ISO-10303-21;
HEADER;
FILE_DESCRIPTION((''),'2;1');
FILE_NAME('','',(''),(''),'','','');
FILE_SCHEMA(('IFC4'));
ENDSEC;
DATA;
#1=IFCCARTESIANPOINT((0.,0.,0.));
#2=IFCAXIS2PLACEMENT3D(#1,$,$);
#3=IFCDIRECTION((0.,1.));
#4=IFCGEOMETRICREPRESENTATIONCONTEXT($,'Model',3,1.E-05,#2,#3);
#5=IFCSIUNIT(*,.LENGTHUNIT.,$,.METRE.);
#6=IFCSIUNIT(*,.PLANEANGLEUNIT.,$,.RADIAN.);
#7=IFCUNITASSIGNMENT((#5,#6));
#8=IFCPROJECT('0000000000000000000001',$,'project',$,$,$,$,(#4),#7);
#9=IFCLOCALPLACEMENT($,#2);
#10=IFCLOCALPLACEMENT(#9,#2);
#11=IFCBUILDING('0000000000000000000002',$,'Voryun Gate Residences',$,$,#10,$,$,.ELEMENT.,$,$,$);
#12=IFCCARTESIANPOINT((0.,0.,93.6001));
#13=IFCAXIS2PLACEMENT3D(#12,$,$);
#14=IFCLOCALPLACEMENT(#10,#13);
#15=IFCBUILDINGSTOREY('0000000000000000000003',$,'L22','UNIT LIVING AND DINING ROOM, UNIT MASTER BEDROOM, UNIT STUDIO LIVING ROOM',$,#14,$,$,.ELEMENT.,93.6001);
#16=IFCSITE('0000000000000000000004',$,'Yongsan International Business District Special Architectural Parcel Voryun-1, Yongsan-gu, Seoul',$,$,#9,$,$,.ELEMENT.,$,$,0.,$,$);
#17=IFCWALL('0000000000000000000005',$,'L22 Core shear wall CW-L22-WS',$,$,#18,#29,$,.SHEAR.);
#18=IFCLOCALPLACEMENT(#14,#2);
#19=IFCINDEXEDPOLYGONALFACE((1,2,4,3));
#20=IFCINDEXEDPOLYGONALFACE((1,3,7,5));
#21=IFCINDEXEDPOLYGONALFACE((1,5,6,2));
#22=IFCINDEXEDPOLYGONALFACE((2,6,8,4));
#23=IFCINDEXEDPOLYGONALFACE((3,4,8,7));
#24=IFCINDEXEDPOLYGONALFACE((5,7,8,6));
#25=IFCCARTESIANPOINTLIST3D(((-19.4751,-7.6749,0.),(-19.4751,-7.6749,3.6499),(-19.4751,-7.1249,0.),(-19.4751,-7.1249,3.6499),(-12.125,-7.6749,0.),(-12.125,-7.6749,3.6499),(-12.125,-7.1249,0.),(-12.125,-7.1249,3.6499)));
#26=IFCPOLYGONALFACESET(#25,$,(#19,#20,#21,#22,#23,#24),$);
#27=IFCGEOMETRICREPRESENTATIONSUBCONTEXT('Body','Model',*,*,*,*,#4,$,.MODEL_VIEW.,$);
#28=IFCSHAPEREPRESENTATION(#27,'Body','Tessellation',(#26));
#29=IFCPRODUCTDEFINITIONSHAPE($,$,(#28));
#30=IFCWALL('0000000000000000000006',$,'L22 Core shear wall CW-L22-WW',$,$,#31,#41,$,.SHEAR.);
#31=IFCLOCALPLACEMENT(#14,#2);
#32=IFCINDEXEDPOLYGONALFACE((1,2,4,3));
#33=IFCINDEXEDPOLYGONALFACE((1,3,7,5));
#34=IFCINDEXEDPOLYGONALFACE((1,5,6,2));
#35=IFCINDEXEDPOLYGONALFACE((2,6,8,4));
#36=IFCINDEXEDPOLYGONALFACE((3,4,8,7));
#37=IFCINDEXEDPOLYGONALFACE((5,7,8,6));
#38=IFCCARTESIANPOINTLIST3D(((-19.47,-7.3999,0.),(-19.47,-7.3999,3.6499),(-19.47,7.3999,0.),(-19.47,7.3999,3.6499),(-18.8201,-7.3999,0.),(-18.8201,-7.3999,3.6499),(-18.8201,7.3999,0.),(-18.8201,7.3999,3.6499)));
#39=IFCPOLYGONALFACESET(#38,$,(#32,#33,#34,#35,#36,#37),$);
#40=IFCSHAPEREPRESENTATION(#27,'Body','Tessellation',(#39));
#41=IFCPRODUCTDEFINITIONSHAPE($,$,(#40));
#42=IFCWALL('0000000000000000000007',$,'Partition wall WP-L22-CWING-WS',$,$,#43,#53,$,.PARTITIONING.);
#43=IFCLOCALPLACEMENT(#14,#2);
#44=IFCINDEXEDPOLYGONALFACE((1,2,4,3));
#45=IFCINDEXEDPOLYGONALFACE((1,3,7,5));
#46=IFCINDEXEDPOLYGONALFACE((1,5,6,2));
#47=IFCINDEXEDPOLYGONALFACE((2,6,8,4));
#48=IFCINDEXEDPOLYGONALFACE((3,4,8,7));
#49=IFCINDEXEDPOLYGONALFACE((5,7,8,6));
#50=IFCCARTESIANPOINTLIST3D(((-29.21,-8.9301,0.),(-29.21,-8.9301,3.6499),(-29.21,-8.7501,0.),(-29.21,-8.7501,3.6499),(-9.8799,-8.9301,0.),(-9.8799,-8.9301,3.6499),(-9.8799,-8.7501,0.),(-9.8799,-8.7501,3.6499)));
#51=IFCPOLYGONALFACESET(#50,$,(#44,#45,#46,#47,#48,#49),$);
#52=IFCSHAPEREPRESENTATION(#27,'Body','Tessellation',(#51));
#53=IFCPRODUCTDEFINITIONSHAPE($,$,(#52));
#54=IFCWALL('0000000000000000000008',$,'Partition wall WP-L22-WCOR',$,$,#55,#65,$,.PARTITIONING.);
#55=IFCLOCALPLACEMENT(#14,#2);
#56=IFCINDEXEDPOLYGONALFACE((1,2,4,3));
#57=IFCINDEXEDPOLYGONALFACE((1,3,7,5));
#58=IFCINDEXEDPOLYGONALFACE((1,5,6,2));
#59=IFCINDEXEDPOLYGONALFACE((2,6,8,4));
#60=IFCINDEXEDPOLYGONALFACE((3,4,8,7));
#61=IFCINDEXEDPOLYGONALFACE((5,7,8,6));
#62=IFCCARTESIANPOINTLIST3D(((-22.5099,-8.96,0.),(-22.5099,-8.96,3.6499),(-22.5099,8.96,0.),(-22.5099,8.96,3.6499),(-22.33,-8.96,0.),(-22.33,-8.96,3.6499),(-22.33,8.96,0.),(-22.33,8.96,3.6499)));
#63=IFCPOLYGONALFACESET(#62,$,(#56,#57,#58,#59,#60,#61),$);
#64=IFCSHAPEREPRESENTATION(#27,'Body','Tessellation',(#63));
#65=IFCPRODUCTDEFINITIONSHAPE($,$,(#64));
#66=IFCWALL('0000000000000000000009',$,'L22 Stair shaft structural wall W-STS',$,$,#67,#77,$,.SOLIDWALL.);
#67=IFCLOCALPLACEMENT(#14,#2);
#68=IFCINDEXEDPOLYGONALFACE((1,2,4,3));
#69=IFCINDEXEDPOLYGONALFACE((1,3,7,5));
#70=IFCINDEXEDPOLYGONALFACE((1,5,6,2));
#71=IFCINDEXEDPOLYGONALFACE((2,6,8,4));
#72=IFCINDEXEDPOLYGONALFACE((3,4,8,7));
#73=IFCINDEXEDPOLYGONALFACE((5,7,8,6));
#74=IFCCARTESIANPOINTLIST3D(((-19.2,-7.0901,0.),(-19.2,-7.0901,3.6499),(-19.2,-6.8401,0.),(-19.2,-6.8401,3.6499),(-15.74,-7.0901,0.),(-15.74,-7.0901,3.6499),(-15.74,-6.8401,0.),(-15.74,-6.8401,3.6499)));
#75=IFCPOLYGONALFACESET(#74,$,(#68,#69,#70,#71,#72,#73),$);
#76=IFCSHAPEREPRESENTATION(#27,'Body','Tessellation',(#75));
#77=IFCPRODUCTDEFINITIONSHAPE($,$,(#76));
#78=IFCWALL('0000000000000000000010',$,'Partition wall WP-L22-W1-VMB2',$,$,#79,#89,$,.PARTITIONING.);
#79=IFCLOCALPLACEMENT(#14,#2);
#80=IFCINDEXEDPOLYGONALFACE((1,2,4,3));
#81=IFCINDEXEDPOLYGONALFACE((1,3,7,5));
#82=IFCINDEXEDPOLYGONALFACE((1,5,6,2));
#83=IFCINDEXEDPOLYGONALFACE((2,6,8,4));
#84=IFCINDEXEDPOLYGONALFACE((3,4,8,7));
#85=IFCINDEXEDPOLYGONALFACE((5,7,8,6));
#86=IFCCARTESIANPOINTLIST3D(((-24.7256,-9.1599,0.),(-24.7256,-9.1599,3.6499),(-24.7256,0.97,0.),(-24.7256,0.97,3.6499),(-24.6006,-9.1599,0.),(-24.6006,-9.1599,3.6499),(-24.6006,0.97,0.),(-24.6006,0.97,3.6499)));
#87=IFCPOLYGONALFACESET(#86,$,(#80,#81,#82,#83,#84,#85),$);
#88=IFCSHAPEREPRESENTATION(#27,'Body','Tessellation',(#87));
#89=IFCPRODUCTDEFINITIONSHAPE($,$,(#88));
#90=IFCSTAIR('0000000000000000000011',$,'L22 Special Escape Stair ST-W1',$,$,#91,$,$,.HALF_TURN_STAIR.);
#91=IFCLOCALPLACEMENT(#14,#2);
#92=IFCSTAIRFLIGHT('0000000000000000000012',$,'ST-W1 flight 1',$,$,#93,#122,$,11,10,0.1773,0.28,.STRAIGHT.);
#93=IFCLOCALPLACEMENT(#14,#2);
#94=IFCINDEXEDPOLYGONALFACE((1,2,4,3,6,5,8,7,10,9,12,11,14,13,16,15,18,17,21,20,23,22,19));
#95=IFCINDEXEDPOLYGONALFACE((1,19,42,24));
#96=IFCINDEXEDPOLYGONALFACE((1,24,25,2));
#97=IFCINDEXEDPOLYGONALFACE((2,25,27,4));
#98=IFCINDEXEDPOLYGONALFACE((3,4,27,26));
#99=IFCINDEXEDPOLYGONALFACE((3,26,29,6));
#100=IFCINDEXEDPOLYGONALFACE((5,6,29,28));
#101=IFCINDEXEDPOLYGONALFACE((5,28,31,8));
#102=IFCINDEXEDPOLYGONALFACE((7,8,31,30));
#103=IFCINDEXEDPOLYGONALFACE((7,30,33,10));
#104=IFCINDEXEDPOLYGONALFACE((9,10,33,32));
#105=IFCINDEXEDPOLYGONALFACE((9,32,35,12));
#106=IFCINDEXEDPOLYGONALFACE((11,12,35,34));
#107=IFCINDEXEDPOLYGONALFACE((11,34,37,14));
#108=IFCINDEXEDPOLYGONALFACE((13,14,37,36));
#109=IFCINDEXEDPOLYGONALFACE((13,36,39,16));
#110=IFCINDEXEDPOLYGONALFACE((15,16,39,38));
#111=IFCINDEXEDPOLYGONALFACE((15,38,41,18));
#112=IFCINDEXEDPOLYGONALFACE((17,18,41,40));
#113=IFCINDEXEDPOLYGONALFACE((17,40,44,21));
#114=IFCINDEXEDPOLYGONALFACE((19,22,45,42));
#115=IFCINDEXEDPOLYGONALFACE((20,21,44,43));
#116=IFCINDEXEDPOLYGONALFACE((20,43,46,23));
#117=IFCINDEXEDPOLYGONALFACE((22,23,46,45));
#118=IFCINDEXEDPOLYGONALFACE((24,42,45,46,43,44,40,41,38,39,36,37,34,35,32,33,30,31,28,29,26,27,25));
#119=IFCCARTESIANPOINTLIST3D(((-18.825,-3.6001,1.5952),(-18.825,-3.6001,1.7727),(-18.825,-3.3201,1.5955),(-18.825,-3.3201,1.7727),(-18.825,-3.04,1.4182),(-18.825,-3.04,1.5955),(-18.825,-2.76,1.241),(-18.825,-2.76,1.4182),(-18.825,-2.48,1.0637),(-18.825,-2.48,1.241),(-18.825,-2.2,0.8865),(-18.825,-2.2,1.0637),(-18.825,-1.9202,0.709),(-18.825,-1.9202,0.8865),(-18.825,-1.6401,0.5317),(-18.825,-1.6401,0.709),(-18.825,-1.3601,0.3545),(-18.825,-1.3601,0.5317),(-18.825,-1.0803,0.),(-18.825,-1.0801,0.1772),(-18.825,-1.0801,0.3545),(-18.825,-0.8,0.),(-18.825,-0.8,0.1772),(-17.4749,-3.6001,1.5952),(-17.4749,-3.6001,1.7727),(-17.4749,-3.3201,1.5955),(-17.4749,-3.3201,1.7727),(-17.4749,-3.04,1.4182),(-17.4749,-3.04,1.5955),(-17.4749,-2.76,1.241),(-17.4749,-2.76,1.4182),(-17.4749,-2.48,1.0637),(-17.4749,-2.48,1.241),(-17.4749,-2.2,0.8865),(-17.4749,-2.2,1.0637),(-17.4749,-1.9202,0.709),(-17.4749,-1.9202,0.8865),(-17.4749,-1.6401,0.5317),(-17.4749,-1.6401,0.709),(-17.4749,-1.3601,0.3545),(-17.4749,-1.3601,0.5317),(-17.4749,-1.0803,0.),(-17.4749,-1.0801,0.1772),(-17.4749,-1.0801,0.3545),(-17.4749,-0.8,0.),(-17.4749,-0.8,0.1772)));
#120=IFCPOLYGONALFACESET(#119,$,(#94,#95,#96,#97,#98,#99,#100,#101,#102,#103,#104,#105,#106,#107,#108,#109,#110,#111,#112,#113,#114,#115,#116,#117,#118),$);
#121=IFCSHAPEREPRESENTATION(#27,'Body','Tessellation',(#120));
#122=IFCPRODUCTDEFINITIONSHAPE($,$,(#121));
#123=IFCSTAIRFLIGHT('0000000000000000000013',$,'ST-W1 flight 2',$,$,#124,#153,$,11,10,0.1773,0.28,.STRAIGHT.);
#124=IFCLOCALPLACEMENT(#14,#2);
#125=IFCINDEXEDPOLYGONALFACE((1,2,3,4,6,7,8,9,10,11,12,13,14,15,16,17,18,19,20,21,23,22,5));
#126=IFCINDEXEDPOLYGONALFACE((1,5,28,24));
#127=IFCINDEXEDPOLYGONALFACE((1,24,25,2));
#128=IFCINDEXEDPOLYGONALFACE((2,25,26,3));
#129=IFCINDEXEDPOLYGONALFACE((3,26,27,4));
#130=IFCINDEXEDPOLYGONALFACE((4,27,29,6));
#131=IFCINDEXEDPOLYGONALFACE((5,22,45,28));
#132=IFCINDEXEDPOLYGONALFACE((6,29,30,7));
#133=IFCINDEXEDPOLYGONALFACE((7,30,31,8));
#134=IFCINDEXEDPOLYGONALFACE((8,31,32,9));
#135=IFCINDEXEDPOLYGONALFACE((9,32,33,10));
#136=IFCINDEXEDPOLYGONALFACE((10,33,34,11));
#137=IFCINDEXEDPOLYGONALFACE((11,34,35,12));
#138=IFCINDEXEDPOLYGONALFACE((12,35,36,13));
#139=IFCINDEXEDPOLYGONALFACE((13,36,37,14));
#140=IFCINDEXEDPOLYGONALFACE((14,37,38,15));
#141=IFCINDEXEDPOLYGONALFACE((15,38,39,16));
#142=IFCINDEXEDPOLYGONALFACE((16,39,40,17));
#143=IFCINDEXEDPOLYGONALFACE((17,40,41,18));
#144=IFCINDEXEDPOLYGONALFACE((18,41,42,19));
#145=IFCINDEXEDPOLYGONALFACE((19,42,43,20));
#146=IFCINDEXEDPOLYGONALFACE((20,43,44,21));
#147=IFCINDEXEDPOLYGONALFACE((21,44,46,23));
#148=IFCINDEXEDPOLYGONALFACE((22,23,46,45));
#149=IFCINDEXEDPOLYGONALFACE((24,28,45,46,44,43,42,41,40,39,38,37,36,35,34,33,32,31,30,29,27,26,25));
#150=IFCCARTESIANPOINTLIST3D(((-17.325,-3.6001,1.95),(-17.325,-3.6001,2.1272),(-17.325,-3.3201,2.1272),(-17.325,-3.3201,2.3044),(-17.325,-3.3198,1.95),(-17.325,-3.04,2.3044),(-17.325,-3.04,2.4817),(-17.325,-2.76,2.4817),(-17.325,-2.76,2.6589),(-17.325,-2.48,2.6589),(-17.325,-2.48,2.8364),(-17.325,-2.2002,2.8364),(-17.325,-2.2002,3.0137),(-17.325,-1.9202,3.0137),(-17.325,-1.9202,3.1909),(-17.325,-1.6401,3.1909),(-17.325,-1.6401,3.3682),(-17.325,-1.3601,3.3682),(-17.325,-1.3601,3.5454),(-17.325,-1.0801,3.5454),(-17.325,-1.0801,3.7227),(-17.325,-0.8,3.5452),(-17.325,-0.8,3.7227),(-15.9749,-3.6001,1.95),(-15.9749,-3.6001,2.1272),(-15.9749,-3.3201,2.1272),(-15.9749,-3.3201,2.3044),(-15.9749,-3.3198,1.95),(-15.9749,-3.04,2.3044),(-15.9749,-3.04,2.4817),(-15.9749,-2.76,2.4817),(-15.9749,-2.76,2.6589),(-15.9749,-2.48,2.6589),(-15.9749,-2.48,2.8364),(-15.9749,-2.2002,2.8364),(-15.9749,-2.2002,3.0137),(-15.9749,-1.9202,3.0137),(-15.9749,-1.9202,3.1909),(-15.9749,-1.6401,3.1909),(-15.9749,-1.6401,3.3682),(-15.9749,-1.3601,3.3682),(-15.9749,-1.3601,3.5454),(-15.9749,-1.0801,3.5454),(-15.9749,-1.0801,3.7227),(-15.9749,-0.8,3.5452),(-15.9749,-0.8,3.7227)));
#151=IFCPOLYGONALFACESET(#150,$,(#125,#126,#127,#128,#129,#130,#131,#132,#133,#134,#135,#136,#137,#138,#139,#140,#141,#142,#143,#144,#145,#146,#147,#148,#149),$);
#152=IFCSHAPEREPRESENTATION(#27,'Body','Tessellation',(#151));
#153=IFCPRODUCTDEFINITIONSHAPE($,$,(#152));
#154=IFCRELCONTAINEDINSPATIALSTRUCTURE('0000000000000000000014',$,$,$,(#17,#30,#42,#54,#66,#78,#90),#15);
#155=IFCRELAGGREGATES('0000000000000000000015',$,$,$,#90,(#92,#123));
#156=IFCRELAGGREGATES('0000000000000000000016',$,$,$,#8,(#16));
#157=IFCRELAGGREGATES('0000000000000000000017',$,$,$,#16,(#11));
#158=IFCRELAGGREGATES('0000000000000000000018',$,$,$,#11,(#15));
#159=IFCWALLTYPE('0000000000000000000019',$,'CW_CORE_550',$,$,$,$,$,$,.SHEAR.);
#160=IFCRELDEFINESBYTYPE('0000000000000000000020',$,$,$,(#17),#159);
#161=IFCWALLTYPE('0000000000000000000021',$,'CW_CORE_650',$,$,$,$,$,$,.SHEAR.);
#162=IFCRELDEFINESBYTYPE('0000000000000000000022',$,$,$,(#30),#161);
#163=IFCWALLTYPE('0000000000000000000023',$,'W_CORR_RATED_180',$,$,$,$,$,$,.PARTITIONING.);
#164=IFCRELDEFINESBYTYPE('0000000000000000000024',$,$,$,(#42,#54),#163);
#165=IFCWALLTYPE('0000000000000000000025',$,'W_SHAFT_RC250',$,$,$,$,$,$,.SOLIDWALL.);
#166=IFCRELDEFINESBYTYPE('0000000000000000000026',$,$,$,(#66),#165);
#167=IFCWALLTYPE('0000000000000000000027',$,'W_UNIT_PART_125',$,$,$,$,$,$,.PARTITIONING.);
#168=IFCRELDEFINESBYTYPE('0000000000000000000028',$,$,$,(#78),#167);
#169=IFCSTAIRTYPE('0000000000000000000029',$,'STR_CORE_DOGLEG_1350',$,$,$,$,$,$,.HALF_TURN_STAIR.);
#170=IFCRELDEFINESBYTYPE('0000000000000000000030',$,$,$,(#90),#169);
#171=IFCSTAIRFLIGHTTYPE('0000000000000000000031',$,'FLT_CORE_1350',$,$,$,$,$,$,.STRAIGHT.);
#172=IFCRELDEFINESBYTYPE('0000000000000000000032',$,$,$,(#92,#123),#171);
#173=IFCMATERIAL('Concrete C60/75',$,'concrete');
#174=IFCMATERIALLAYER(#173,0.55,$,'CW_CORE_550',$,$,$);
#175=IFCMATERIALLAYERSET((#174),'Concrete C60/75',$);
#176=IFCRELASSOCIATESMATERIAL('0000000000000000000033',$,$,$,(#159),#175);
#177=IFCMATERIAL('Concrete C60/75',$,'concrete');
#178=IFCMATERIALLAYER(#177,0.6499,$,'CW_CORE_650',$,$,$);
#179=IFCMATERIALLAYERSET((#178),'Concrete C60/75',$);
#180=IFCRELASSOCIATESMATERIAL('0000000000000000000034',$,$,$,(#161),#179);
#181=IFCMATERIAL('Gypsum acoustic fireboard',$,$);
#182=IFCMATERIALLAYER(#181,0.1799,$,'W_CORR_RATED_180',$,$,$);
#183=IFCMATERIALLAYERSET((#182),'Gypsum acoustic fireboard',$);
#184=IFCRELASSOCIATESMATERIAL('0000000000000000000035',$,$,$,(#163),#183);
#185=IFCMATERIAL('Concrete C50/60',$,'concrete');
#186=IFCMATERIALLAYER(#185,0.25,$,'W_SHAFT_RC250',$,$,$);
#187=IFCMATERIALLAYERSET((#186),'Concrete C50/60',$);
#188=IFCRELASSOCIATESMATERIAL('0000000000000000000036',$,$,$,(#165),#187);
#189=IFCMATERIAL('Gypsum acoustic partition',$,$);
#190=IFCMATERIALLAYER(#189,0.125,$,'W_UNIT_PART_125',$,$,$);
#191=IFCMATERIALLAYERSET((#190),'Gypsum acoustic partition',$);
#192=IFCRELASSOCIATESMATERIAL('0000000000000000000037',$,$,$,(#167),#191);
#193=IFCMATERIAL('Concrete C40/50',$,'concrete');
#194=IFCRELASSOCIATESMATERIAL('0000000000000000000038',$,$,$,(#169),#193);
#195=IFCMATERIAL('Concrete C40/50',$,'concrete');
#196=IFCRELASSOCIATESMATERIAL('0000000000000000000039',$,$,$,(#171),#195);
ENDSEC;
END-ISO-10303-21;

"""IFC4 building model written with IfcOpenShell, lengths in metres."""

from ifc_helpers import new_model, si_unit, direction, frame, frame_2d, origin, place, context, subcontext, project, spatial, polyline, rectangle, outline, extrude, material, layer, layer_set, type_object, element, aggregate, save


model = new_model("IFC4")

# Units and contexts
model_context = context("Model", 3, precision=1e-05, world=origin(), true_north=direction((0.0, 1.0)))
body_context = subcontext(model_context, "Body", "Model", "MODEL_VIEW")
ifc_project = project(units=[si_unit("LENGTHUNIT", "METRE"), si_unit("PLANEANGLEUNIT", "RADIAN")], contexts=[model_context])

# Site, building, storey
site_placement = place(None, origin())
site = spatial("IfcSite", under=ifc_project, at=site_placement, Name="Yongsan International Business District Special Architectural Parcel Voryun-1, Yongsan-gu, Seoul", CompositionType="ELEMENT", RefElevation=0.0)
building_placement = place(site_placement, origin())
building = spatial("IfcBuilding", under=site, at=building_placement, Name="Voryun Gate Residences", CompositionType="ELEMENT")
storey_placement = place(building_placement, frame((0.0, 0.0, 93.6001)))
storey = spatial("IfcBuildingStorey", under=building, at=storey_placement, Name="L22", Description="UNIT LIVING AND DINING ROOM, UNIT MASTER BEDROOM, UNIT STUDIO LIVING ROOM", CompositionType="ELEMENT", Elevation=93.6001)

# Walls
ifc_material_1 = material(Name="Concrete C60/75", Category="concrete")
ifc_layer_1 = layer(ifc_material_1, 0.55, Name="CW_CORE_550")
ifc_layer_set_1 = layer_set([ifc_layer_1], Name="Concrete C60/75")
wall_type_1 = type_object("IfcWallType", Name="CW_CORE_550", PredefinedType="SHEAR", material=ifc_layer_set_1)
wall_1_placement = place(storey_placement, frame((-19.4751, -7.3999, 0.0), z_axis=(0.0, 0.0, 1.0), x_axis=(1.0, 0.0, 0.0)))
element("IfcWall", 1, at=wall_1_placement, inside=storey, type_object=wall_type_1, Name="L22 Core shear wall CW-L22-WS", PredefinedType="SHEAR", context=body_context, shape_type="SweptSolid", body=[
    extrude(rectangle(XDim=7.3501, YDim=0.55, at=frame_2d((3.675, 0.0))), origin(), (0.0, 0.0, 1.0), 3.6499),
])
ifc_material_2 = material(Name="Concrete C60/75", Category="concrete")
ifc_layer_2 = layer(ifc_material_2, 0.6499, Name="CW_CORE_650")
ifc_layer_set_2 = layer_set([ifc_layer_2], Name="Concrete C60/75")
wall_type_2 = type_object("IfcWallType", Name="CW_CORE_650", PredefinedType="SHEAR", material=ifc_layer_set_2)
wall_2_placement = place(storey_placement, frame((-19.145, -7.3999, 0.0), z_axis=(0.0, 0.0, 1.0), x_axis=(0.0, 1.0, 0.0)))
element("IfcWall", 2, at=wall_2_placement, inside=storey, type_object=wall_type_2, Name="L22 Core shear wall CW-L22-WW", PredefinedType="SHEAR", context=body_context, shape_type="SweptSolid", body=[
    extrude(rectangle(XDim=14.7998, YDim=0.6499, at=frame_2d((7.3999, 0.0))), origin(), (0.0, 0.0, 1.0), 3.6499),
])
ifc_material_3 = material(Name="Gypsum acoustic fireboard")
ifc_layer_3 = layer(ifc_material_3, 0.1799, Name="W_CORR_RATED_180")
ifc_layer_set_3 = layer_set([ifc_layer_3], Name="Gypsum acoustic fireboard")
wall_type_3 = type_object("IfcWallType", Name="W_CORR_RATED_180", PredefinedType="PARTITIONING", material=ifc_layer_set_3)
wall_3_placement = place(storey_placement, frame((-29.21, -8.8401, 0.0), z_axis=(0.0, 0.0, 1.0), x_axis=(1.0, 0.0, 0.0)))
element("IfcWall", 3, at=wall_3_placement, inside=storey, type_object=wall_type_3, Name="Partition wall WP-L22-CWING-WS", PredefinedType="PARTITIONING", context=body_context, shape_type="SweptSolid", body=[
    extrude(rectangle(XDim=19.3301, YDim=0.1799, at=frame_2d((9.665, 0.0))), origin(), (0.0, 0.0, 1.0), 3.6499),
])
wall_4_placement = place(storey_placement, frame((-22.4199, -8.96, 0.0), z_axis=(0.0, 0.0, 1.0), x_axis=(0.0, 1.0, 0.0)))
element("IfcWall", 4, at=wall_4_placement, inside=storey, type_object=wall_type_3, Name="Partition wall WP-L22-WCOR", PredefinedType="PARTITIONING", context=body_context, shape_type="SweptSolid", body=[
    extrude(rectangle(XDim=17.9199, YDim=0.1799, at=frame_2d((8.96, 0.0))), origin(), (0.0, 0.0, 1.0), 3.6499),
])
ifc_material_4 = material(Name="Concrete C50/60", Category="concrete")
ifc_layer_4 = layer(ifc_material_4, 0.25, Name="W_SHAFT_RC250")
ifc_layer_set_4 = layer_set([ifc_layer_4], Name="Concrete C50/60")
wall_type_4 = type_object("IfcWallType", Name="W_SHAFT_RC250", PredefinedType="SOLIDWALL", material=ifc_layer_set_4)
wall_5_placement = place(storey_placement, frame((-19.2, -6.9651, 0.0), z_axis=(0.0, 0.0, 1.0), x_axis=(1.0, 0.0, 0.0)))
element("IfcWall", 5, at=wall_5_placement, inside=storey, type_object=wall_type_4, Name="L22 Stair shaft structural wall W-STS", PredefinedType="SOLIDWALL", context=body_context, shape_type="SweptSolid", body=[
    extrude(rectangle(XDim=3.46, YDim=0.25, at=frame_2d((1.73, 0.0))), origin(), (0.0, 0.0, 1.0), 3.6499),
])
ifc_material_5 = material(Name="Gypsum acoustic partition")
ifc_layer_5 = layer(ifc_material_5, 0.125, Name="W_UNIT_PART_125")
ifc_layer_set_5 = layer_set([ifc_layer_5], Name="Gypsum acoustic partition")
wall_type_5 = type_object("IfcWallType", Name="W_UNIT_PART_125", PredefinedType="PARTITIONING", material=ifc_layer_set_5)
wall_6_placement = place(storey_placement, frame((-24.6631, -9.1599, 0.0), z_axis=(0.0, 0.0, 1.0), x_axis=(0.0, 1.0, 0.0)))
element("IfcWall", 6, at=wall_6_placement, inside=storey, type_object=wall_type_5, Name="Partition wall WP-L22-W1-VMB2", PredefinedType="PARTITIONING", context=body_context, shape_type="SweptSolid", body=[
    extrude(rectangle(XDim=10.1299, YDim=0.125, at=frame_2d((5.0649, 0.0))), origin(), (0.0, 0.0, 1.0), 3.6499),
])

# Stair, stair flights
ifc_material_6 = material(Name="Concrete C40/50", Category="concrete")
stair_type = type_object("IfcStairType", Name="STR_CORE_DOGLEG_1350", PredefinedType="HALF_TURN_STAIR", material=ifc_material_6)
stair_placement = place(storey_placement, origin())
stair = element("IfcStair", 7, at=stair_placement, inside=storey, type_object=stair_type, Name="L22 Special Escape Stair ST-W1", PredefinedType="HALF_TURN_STAIR")
ifc_material_7 = material(Name="Concrete C40/50", Category="concrete")
stair_flight_type = type_object("IfcStairFlightType", Name="FLT_CORE_1350", PredefinedType="STRAIGHT", material=ifc_material_7)
stair_flight_1_placement = place(storey_placement, frame((-18.1499, -0.8, 0.0), z_axis=(0.0, 0.0, 1.0), x_axis=(0.0, -1.0, 0.0)))
stair_flight_1 = element("IfcStairFlight", 8, at=stair_flight_1_placement, type_object=stair_flight_type, Name="ST-W1 flight 1", NumberOfRisers=11, NumberOfTreads=10, PredefinedType="STRAIGHT", RiserHeight=0.1773, TreadLength=0.28, context=body_context, shape_type="SweptSolid", body=[
    extrude(outline(polyline([(0.0, 0.0), (0.0, 0.1772), (0.28, 0.1772), (0.28, 0.3545), (0.5601, 0.3545), (0.5601, 0.5317), (0.8401, 0.5317), (0.8401, 0.709), (1.1201, 0.709), (1.1201, 0.8865), (1.3999, 0.8865), (1.3999, 1.0637), (1.6799, 1.0637), (1.6799, 1.241), (1.96, 1.241), (1.96, 1.4182), (2.24, 1.4182), (2.24, 1.5955), (2.52, 1.5955), (2.52, 1.7727), (2.8, 1.7727), (2.8, 1.95), (2.8, 1.5952), (0.2803, 0.0), (0.0, 0.0)])), frame((0.0, 0.675, 0.0), z_axis=(0.0, -1.0, 0.0), x_axis=(1.0, 0.0, 0.0)), (0.0, 0.0, 1.0), 1.3501),
])
stair_flight_2_placement = place(storey_placement, frame((-16.6499, -3.6001, 1.95), z_axis=(0.0, 0.0, 1.0), x_axis=(0.0, 1.0, 0.0)))
stair_flight_2 = element("IfcStairFlight", 9, at=stair_flight_2_placement, type_object=stair_flight_type, Name="ST-W1 flight 2", NumberOfRisers=11, NumberOfTreads=10, PredefinedType="STRAIGHT", RiserHeight=0.1773, TreadLength=0.28, context=body_context, shape_type="SweptSolid", body=[
    extrude(outline(polyline([(0.0, 0.0), (0.0, 0.1772), (0.28, 0.1772), (0.28, 0.3545), (0.5601, 0.3545), (0.5601, 0.5317), (0.8401, 0.5317), (0.8401, 0.709), (1.1201, 0.709), (1.1201, 0.8865), (1.3999, 0.8865), (1.3999, 1.0637), (1.6799, 1.0637), (1.6799, 1.241), (1.96, 1.241), (1.96, 1.4182), (2.24, 1.4182), (2.24, 1.5955), (2.52, 1.5955), (2.52, 1.7727), (2.8, 1.7727), (2.8, 1.95), (2.8, 1.5952), (0.2803, 0.0), (0.0, 0.0)])), frame((0.0, 0.675, 0.0), z_axis=(0.0, -1.0, 0.0), x_axis=(1.0, 0.0, 0.0)), (0.0, 0.0, 1.0), 1.3501),
])
aggregate(stair, [stair_flight_1, stair_flight_2])

save(model, "model.ifc")
